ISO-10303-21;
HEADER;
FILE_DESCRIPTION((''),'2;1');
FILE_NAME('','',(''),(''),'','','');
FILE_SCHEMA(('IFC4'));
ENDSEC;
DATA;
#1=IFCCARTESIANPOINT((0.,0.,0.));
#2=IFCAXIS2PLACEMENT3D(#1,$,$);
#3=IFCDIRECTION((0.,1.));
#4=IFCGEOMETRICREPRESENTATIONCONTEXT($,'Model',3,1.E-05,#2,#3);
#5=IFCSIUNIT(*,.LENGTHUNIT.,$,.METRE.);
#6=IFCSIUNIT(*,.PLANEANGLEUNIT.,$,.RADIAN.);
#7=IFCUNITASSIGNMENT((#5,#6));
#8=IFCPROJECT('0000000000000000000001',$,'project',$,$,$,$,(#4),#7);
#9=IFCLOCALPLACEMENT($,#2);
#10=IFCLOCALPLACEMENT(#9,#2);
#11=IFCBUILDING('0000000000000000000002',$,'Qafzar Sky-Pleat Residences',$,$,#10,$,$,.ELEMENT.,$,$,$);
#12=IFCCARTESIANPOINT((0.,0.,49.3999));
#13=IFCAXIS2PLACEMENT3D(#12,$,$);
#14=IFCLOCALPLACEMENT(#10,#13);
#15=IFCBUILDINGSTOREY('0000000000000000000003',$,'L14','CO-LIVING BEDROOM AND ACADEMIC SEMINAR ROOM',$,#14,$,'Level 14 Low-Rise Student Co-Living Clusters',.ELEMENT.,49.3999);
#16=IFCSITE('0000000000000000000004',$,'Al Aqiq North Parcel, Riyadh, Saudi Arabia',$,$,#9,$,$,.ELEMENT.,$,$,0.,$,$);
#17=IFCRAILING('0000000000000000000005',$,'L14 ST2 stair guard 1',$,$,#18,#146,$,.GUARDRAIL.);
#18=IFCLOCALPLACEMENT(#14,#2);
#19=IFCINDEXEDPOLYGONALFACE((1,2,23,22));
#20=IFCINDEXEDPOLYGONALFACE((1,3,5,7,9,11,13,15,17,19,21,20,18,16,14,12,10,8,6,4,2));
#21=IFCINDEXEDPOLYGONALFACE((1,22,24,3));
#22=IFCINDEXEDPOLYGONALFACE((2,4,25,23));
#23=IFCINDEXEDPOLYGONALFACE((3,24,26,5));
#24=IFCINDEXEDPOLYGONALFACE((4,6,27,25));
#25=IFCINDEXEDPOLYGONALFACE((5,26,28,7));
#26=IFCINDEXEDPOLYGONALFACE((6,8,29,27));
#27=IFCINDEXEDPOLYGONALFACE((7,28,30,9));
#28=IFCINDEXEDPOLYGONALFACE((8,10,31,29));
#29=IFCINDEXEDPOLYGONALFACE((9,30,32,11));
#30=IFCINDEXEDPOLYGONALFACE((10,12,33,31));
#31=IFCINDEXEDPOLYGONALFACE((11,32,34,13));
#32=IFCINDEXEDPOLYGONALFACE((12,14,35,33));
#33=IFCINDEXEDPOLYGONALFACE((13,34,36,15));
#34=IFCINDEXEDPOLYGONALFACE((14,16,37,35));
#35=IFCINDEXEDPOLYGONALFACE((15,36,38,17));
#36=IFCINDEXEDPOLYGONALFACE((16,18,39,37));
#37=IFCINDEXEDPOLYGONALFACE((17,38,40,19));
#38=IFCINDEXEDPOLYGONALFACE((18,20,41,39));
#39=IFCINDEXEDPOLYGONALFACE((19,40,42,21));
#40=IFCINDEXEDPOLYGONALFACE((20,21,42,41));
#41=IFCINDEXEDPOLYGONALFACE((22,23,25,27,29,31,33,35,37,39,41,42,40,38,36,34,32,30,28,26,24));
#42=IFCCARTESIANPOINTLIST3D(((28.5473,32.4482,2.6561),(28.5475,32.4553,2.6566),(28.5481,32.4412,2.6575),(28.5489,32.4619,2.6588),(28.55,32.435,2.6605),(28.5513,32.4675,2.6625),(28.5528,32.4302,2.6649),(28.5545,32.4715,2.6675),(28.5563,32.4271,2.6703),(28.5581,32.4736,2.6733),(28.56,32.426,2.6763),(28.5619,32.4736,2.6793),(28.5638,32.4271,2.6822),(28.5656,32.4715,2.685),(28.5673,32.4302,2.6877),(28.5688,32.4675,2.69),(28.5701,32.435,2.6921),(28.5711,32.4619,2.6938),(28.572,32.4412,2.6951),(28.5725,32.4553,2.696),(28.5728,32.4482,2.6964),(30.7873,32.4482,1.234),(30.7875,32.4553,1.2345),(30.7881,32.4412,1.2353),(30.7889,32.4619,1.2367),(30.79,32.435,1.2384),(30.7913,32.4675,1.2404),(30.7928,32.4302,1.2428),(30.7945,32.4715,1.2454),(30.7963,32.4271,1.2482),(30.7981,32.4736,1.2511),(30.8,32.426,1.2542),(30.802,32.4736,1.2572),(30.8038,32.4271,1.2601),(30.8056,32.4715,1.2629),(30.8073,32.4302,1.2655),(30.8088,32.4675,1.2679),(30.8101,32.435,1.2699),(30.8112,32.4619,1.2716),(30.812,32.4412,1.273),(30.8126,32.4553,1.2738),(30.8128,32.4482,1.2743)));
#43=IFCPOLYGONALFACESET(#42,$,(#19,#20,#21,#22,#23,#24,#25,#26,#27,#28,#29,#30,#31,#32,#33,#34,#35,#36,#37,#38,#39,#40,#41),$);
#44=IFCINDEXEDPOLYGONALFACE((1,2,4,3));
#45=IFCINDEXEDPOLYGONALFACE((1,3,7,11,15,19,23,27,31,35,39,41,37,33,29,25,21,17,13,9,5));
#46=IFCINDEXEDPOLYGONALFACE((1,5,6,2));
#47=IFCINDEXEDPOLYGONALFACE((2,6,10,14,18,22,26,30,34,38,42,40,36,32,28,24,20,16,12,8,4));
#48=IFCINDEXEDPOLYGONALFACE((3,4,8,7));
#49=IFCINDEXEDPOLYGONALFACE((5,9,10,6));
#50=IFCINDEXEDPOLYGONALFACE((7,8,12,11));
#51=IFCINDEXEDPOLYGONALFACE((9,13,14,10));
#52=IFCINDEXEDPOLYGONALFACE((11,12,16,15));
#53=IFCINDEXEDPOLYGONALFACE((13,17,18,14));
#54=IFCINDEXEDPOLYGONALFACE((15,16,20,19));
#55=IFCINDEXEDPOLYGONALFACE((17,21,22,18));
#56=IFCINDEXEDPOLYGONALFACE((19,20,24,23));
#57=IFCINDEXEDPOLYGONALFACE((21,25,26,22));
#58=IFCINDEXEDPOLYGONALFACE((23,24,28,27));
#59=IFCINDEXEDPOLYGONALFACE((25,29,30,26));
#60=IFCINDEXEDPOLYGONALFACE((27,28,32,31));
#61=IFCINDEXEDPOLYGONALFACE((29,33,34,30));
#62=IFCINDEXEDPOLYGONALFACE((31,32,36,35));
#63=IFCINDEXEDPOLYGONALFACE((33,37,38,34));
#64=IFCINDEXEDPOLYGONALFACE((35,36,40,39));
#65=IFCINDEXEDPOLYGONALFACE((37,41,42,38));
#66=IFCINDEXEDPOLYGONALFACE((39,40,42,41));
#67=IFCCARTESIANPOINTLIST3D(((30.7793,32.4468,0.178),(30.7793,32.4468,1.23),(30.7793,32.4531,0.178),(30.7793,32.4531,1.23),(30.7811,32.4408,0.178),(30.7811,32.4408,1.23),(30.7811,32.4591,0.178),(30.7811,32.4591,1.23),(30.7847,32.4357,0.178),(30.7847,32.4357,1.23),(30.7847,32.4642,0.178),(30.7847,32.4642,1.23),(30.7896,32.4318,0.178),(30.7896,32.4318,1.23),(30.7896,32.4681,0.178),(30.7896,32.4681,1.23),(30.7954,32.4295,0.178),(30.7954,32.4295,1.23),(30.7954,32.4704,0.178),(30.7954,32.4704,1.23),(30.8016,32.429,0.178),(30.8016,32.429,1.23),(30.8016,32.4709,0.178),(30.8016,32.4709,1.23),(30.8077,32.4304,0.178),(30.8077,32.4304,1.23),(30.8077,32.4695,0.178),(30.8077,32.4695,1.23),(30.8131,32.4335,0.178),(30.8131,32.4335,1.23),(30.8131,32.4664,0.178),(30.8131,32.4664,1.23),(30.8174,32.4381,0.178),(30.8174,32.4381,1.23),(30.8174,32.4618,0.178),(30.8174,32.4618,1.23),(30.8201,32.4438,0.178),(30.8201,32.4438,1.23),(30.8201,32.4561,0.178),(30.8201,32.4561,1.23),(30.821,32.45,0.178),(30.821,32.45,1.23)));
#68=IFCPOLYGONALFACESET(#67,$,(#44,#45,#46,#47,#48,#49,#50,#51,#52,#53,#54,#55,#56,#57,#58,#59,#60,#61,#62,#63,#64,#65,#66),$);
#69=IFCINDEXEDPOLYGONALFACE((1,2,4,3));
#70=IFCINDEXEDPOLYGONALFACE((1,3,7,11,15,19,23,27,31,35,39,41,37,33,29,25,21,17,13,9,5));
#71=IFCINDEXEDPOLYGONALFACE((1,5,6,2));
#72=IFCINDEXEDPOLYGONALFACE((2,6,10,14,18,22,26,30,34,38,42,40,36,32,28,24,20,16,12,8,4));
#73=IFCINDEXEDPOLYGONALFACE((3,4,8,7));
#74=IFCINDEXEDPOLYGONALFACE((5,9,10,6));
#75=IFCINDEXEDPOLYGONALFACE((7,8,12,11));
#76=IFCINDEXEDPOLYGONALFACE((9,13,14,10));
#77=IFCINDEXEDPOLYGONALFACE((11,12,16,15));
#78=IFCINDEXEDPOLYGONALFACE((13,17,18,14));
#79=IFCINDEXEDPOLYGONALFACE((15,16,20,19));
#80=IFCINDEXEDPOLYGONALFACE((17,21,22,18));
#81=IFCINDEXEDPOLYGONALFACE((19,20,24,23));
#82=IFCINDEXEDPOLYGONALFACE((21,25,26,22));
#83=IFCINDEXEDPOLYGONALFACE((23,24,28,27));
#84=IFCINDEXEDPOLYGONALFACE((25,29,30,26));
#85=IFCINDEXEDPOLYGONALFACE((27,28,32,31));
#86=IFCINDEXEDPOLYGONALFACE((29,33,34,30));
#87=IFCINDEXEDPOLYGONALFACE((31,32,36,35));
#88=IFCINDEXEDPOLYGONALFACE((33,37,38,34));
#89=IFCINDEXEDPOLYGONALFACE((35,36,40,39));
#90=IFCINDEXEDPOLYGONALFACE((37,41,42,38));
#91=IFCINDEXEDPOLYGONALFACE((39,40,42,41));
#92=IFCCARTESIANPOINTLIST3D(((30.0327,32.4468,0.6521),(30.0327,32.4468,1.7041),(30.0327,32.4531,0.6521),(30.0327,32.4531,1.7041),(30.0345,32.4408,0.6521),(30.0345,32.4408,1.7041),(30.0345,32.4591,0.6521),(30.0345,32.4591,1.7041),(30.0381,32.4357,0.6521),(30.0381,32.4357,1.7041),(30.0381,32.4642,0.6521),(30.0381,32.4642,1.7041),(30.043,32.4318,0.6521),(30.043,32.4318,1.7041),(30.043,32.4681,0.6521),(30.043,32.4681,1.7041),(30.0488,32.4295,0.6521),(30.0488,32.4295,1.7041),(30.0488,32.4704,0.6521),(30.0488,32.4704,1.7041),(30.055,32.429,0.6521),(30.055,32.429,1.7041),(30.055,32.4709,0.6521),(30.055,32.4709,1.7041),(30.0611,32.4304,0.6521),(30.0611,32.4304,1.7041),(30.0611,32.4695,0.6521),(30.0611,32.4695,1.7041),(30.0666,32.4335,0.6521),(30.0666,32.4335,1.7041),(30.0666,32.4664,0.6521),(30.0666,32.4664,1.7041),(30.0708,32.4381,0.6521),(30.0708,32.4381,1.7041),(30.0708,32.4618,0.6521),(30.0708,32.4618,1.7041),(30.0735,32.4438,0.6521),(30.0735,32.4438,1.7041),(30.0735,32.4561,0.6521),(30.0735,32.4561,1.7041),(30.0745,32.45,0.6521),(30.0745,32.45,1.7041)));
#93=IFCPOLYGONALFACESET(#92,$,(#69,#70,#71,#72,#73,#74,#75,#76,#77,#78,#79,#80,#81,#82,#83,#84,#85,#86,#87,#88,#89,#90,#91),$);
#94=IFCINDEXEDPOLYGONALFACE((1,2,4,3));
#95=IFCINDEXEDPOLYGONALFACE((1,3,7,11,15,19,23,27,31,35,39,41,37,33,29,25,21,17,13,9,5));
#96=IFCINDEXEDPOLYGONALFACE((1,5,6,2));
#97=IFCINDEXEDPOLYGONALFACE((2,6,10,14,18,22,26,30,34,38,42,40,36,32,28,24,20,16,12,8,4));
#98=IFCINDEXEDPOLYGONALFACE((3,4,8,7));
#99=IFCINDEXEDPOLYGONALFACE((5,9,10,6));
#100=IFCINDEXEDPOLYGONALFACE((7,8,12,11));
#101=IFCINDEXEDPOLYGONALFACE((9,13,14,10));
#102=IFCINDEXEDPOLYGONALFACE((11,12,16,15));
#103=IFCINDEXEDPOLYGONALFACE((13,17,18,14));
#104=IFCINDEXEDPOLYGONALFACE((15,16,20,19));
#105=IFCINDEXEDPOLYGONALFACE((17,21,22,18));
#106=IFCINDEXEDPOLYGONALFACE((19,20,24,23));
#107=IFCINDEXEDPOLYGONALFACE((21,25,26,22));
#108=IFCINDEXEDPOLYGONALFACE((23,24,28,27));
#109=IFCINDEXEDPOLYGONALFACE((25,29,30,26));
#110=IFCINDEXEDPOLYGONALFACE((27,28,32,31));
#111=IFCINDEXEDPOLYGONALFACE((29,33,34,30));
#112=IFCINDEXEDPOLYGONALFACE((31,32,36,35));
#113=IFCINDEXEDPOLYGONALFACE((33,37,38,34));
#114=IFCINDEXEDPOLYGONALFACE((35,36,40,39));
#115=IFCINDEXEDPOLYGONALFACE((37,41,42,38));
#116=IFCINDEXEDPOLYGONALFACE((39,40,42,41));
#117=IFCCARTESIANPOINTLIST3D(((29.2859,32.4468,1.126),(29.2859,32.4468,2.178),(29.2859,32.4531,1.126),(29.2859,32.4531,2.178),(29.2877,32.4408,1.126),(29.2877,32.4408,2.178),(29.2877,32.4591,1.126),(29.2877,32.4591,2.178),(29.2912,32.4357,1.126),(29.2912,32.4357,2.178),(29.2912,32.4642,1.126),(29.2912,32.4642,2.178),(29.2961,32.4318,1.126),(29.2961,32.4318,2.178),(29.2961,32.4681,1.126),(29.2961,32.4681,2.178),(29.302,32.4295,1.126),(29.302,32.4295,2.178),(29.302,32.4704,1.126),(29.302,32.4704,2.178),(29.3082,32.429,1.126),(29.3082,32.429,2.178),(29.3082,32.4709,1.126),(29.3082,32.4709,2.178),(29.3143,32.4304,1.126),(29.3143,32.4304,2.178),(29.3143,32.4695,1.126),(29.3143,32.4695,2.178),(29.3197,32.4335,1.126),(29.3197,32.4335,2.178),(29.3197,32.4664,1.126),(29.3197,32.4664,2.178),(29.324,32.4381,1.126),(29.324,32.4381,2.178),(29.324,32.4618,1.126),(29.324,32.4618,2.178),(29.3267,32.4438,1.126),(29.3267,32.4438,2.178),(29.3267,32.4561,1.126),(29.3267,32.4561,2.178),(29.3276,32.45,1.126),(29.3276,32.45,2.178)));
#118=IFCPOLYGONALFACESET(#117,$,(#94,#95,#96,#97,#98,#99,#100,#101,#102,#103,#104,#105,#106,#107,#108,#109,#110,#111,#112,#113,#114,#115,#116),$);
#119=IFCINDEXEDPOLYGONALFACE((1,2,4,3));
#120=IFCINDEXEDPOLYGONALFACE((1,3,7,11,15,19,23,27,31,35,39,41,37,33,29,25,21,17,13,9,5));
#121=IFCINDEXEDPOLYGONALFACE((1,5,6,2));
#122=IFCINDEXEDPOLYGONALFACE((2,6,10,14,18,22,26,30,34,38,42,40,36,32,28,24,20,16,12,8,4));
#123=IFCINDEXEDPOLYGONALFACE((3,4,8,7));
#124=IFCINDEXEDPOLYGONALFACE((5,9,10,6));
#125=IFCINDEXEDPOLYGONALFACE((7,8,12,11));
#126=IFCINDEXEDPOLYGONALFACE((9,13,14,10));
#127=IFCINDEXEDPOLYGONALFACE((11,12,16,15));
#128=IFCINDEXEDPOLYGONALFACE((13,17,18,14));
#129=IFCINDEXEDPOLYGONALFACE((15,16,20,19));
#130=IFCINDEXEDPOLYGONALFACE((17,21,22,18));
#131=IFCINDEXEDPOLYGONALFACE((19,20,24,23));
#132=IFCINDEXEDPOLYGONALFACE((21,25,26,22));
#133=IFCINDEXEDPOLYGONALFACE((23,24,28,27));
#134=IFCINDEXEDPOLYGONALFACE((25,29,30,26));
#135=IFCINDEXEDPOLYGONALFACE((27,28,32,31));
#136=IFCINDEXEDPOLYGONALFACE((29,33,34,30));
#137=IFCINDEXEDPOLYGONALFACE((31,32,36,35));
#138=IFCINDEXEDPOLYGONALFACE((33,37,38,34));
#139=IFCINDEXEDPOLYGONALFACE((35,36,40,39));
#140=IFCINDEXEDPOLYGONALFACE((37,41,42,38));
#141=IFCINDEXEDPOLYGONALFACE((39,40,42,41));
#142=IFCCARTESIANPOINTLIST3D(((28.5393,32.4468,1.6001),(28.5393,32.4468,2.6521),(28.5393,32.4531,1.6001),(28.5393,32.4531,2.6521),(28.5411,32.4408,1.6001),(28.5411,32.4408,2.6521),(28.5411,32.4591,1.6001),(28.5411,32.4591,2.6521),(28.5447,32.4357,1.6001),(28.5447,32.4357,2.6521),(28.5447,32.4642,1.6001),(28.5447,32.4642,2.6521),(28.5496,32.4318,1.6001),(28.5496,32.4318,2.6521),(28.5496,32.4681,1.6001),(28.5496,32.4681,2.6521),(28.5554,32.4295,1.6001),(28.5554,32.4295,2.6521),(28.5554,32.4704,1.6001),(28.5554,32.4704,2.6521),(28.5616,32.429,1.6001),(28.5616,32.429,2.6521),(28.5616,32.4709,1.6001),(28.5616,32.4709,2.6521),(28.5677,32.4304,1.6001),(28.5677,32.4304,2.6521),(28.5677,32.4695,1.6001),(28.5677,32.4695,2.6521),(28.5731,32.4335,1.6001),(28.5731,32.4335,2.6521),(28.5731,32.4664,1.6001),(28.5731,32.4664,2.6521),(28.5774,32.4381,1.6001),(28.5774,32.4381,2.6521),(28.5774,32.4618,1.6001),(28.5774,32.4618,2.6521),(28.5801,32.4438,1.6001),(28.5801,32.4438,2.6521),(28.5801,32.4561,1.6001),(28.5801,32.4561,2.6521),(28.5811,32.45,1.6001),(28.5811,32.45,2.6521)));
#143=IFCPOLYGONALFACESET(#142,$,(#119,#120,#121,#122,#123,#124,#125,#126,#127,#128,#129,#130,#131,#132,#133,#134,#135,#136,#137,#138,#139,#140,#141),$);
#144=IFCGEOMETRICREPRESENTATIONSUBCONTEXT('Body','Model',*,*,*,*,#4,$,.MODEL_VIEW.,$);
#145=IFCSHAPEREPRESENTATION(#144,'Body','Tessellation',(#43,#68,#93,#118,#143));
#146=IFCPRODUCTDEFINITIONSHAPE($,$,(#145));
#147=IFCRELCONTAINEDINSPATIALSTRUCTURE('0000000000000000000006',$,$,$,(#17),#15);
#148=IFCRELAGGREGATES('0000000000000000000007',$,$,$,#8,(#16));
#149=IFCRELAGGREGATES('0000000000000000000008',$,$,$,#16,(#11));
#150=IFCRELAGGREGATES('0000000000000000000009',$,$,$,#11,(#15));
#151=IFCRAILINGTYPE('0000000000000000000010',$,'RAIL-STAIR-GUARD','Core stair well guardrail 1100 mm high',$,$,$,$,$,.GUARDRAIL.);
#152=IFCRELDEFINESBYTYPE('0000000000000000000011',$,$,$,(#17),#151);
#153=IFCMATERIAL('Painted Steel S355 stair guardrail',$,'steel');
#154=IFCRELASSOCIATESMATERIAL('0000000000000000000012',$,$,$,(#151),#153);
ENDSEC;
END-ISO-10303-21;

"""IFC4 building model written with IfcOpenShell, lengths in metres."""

from ifc_helpers import new_model, si_unit, direction, frame, origin, origin_2d, place, context, subcontext, project, spatial, circle, extrude, source, transform, mapped, material, type_object, element, save


model = new_model("IFC4")

# Units and contexts
model_context = context("Model", 3, precision=1e-05, world=origin(), true_north=direction((0.0, 1.0)))
body_context = subcontext(model_context, "Body", "Model", "MODEL_VIEW")
ifc_project = project(units=[si_unit("LENGTHUNIT", "METRE"), si_unit("PLANEANGLEUNIT", "RADIAN")], contexts=[model_context])

# Site, building, storey
site_placement = place(None, origin())
site = spatial("IfcSite", under=ifc_project, at=site_placement, Name="Al Aqiq North Parcel, Riyadh, Saudi Arabia", CompositionType="ELEMENT", RefElevation=0.0)
building_placement = place(site_placement, origin())
building = spatial("IfcBuilding", under=site, at=building_placement, Name="Qafzar Sky-Pleat Residences", CompositionType="ELEMENT")
storey_placement = place(building_placement, frame((0.0, 0.0, 49.3999)))
storey = spatial("IfcBuildingStorey", under=building, at=storey_placement, Name="L14", Description="CO-LIVING BEDROOM AND ACADEMIC SEMINAR ROOM", LongName="Level 14 Low-Rise Student Co-Living Clusters", CompositionType="ELEMENT", Elevation=49.3999)

# Railing
ifc_material_1 = material(Name="Painted Steel S355 stair guardrail", Category="steel")
railing_type_1 = type_object("IfcRailingType", Name="RAIL-STAIR-GUARD", Description="Core stair well guardrail 1100 mm high", PredefinedType="GUARDRAIL", material=ifc_material_1)
shared_shape_1 = source(origin(), body_context, "Body", "SweptSolid", [
    extrude(circle(Radius=0.0239, at=origin_2d()), frame((0.0, 0.0, 1.0762), z_axis=(-0.844229, 0.0, 0.535982), x_axis=(0.0, -1.0, 0.0)), (0.0, 0.0, 1.0), 2.6533),
    extrude(circle(Radius=0.021, at=origin_2d()), origin(), (0.0, 0.0, 1.0), 1.052),
    extrude(circle(Radius=0.021, at=origin_2d()), frame((-0.7466, 0.0, 0.4741)), (0.0, 0.0, 1.0), 1.052),
    extrude(circle(Radius=0.021, at=origin_2d()), frame((-1.4934, 0.0, 0.948)), (0.0, 0.0, 1.0), 1.052),
    extrude(circle(Radius=0.021, at=origin_2d()), frame((-2.24, 0.0, 1.4221)), (0.0, 0.0, 1.0), 1.052),
])
railing_1_placement = place(storey_placement, frame((30.8, 32.45, 0.178)))
element("IfcRailing", 1, at=railing_1_placement, inside=storey, type_object=railing_type_1, Name="L14 ST2 stair guard 1", PredefinedType="GUARDRAIL", context=body_context, shape_type="MappedRepresentation", body=[
    mapped(shared_shape_1, transform((0.0, 0.0, 0.0), x_axis=(1.0, 0.0, 0.0), y_axis=(0.0, 1.0, 0.0), z_axis=(0.0, 0.0, 1.0), scale=1.0)),
])

save(model, "model.ifc")
